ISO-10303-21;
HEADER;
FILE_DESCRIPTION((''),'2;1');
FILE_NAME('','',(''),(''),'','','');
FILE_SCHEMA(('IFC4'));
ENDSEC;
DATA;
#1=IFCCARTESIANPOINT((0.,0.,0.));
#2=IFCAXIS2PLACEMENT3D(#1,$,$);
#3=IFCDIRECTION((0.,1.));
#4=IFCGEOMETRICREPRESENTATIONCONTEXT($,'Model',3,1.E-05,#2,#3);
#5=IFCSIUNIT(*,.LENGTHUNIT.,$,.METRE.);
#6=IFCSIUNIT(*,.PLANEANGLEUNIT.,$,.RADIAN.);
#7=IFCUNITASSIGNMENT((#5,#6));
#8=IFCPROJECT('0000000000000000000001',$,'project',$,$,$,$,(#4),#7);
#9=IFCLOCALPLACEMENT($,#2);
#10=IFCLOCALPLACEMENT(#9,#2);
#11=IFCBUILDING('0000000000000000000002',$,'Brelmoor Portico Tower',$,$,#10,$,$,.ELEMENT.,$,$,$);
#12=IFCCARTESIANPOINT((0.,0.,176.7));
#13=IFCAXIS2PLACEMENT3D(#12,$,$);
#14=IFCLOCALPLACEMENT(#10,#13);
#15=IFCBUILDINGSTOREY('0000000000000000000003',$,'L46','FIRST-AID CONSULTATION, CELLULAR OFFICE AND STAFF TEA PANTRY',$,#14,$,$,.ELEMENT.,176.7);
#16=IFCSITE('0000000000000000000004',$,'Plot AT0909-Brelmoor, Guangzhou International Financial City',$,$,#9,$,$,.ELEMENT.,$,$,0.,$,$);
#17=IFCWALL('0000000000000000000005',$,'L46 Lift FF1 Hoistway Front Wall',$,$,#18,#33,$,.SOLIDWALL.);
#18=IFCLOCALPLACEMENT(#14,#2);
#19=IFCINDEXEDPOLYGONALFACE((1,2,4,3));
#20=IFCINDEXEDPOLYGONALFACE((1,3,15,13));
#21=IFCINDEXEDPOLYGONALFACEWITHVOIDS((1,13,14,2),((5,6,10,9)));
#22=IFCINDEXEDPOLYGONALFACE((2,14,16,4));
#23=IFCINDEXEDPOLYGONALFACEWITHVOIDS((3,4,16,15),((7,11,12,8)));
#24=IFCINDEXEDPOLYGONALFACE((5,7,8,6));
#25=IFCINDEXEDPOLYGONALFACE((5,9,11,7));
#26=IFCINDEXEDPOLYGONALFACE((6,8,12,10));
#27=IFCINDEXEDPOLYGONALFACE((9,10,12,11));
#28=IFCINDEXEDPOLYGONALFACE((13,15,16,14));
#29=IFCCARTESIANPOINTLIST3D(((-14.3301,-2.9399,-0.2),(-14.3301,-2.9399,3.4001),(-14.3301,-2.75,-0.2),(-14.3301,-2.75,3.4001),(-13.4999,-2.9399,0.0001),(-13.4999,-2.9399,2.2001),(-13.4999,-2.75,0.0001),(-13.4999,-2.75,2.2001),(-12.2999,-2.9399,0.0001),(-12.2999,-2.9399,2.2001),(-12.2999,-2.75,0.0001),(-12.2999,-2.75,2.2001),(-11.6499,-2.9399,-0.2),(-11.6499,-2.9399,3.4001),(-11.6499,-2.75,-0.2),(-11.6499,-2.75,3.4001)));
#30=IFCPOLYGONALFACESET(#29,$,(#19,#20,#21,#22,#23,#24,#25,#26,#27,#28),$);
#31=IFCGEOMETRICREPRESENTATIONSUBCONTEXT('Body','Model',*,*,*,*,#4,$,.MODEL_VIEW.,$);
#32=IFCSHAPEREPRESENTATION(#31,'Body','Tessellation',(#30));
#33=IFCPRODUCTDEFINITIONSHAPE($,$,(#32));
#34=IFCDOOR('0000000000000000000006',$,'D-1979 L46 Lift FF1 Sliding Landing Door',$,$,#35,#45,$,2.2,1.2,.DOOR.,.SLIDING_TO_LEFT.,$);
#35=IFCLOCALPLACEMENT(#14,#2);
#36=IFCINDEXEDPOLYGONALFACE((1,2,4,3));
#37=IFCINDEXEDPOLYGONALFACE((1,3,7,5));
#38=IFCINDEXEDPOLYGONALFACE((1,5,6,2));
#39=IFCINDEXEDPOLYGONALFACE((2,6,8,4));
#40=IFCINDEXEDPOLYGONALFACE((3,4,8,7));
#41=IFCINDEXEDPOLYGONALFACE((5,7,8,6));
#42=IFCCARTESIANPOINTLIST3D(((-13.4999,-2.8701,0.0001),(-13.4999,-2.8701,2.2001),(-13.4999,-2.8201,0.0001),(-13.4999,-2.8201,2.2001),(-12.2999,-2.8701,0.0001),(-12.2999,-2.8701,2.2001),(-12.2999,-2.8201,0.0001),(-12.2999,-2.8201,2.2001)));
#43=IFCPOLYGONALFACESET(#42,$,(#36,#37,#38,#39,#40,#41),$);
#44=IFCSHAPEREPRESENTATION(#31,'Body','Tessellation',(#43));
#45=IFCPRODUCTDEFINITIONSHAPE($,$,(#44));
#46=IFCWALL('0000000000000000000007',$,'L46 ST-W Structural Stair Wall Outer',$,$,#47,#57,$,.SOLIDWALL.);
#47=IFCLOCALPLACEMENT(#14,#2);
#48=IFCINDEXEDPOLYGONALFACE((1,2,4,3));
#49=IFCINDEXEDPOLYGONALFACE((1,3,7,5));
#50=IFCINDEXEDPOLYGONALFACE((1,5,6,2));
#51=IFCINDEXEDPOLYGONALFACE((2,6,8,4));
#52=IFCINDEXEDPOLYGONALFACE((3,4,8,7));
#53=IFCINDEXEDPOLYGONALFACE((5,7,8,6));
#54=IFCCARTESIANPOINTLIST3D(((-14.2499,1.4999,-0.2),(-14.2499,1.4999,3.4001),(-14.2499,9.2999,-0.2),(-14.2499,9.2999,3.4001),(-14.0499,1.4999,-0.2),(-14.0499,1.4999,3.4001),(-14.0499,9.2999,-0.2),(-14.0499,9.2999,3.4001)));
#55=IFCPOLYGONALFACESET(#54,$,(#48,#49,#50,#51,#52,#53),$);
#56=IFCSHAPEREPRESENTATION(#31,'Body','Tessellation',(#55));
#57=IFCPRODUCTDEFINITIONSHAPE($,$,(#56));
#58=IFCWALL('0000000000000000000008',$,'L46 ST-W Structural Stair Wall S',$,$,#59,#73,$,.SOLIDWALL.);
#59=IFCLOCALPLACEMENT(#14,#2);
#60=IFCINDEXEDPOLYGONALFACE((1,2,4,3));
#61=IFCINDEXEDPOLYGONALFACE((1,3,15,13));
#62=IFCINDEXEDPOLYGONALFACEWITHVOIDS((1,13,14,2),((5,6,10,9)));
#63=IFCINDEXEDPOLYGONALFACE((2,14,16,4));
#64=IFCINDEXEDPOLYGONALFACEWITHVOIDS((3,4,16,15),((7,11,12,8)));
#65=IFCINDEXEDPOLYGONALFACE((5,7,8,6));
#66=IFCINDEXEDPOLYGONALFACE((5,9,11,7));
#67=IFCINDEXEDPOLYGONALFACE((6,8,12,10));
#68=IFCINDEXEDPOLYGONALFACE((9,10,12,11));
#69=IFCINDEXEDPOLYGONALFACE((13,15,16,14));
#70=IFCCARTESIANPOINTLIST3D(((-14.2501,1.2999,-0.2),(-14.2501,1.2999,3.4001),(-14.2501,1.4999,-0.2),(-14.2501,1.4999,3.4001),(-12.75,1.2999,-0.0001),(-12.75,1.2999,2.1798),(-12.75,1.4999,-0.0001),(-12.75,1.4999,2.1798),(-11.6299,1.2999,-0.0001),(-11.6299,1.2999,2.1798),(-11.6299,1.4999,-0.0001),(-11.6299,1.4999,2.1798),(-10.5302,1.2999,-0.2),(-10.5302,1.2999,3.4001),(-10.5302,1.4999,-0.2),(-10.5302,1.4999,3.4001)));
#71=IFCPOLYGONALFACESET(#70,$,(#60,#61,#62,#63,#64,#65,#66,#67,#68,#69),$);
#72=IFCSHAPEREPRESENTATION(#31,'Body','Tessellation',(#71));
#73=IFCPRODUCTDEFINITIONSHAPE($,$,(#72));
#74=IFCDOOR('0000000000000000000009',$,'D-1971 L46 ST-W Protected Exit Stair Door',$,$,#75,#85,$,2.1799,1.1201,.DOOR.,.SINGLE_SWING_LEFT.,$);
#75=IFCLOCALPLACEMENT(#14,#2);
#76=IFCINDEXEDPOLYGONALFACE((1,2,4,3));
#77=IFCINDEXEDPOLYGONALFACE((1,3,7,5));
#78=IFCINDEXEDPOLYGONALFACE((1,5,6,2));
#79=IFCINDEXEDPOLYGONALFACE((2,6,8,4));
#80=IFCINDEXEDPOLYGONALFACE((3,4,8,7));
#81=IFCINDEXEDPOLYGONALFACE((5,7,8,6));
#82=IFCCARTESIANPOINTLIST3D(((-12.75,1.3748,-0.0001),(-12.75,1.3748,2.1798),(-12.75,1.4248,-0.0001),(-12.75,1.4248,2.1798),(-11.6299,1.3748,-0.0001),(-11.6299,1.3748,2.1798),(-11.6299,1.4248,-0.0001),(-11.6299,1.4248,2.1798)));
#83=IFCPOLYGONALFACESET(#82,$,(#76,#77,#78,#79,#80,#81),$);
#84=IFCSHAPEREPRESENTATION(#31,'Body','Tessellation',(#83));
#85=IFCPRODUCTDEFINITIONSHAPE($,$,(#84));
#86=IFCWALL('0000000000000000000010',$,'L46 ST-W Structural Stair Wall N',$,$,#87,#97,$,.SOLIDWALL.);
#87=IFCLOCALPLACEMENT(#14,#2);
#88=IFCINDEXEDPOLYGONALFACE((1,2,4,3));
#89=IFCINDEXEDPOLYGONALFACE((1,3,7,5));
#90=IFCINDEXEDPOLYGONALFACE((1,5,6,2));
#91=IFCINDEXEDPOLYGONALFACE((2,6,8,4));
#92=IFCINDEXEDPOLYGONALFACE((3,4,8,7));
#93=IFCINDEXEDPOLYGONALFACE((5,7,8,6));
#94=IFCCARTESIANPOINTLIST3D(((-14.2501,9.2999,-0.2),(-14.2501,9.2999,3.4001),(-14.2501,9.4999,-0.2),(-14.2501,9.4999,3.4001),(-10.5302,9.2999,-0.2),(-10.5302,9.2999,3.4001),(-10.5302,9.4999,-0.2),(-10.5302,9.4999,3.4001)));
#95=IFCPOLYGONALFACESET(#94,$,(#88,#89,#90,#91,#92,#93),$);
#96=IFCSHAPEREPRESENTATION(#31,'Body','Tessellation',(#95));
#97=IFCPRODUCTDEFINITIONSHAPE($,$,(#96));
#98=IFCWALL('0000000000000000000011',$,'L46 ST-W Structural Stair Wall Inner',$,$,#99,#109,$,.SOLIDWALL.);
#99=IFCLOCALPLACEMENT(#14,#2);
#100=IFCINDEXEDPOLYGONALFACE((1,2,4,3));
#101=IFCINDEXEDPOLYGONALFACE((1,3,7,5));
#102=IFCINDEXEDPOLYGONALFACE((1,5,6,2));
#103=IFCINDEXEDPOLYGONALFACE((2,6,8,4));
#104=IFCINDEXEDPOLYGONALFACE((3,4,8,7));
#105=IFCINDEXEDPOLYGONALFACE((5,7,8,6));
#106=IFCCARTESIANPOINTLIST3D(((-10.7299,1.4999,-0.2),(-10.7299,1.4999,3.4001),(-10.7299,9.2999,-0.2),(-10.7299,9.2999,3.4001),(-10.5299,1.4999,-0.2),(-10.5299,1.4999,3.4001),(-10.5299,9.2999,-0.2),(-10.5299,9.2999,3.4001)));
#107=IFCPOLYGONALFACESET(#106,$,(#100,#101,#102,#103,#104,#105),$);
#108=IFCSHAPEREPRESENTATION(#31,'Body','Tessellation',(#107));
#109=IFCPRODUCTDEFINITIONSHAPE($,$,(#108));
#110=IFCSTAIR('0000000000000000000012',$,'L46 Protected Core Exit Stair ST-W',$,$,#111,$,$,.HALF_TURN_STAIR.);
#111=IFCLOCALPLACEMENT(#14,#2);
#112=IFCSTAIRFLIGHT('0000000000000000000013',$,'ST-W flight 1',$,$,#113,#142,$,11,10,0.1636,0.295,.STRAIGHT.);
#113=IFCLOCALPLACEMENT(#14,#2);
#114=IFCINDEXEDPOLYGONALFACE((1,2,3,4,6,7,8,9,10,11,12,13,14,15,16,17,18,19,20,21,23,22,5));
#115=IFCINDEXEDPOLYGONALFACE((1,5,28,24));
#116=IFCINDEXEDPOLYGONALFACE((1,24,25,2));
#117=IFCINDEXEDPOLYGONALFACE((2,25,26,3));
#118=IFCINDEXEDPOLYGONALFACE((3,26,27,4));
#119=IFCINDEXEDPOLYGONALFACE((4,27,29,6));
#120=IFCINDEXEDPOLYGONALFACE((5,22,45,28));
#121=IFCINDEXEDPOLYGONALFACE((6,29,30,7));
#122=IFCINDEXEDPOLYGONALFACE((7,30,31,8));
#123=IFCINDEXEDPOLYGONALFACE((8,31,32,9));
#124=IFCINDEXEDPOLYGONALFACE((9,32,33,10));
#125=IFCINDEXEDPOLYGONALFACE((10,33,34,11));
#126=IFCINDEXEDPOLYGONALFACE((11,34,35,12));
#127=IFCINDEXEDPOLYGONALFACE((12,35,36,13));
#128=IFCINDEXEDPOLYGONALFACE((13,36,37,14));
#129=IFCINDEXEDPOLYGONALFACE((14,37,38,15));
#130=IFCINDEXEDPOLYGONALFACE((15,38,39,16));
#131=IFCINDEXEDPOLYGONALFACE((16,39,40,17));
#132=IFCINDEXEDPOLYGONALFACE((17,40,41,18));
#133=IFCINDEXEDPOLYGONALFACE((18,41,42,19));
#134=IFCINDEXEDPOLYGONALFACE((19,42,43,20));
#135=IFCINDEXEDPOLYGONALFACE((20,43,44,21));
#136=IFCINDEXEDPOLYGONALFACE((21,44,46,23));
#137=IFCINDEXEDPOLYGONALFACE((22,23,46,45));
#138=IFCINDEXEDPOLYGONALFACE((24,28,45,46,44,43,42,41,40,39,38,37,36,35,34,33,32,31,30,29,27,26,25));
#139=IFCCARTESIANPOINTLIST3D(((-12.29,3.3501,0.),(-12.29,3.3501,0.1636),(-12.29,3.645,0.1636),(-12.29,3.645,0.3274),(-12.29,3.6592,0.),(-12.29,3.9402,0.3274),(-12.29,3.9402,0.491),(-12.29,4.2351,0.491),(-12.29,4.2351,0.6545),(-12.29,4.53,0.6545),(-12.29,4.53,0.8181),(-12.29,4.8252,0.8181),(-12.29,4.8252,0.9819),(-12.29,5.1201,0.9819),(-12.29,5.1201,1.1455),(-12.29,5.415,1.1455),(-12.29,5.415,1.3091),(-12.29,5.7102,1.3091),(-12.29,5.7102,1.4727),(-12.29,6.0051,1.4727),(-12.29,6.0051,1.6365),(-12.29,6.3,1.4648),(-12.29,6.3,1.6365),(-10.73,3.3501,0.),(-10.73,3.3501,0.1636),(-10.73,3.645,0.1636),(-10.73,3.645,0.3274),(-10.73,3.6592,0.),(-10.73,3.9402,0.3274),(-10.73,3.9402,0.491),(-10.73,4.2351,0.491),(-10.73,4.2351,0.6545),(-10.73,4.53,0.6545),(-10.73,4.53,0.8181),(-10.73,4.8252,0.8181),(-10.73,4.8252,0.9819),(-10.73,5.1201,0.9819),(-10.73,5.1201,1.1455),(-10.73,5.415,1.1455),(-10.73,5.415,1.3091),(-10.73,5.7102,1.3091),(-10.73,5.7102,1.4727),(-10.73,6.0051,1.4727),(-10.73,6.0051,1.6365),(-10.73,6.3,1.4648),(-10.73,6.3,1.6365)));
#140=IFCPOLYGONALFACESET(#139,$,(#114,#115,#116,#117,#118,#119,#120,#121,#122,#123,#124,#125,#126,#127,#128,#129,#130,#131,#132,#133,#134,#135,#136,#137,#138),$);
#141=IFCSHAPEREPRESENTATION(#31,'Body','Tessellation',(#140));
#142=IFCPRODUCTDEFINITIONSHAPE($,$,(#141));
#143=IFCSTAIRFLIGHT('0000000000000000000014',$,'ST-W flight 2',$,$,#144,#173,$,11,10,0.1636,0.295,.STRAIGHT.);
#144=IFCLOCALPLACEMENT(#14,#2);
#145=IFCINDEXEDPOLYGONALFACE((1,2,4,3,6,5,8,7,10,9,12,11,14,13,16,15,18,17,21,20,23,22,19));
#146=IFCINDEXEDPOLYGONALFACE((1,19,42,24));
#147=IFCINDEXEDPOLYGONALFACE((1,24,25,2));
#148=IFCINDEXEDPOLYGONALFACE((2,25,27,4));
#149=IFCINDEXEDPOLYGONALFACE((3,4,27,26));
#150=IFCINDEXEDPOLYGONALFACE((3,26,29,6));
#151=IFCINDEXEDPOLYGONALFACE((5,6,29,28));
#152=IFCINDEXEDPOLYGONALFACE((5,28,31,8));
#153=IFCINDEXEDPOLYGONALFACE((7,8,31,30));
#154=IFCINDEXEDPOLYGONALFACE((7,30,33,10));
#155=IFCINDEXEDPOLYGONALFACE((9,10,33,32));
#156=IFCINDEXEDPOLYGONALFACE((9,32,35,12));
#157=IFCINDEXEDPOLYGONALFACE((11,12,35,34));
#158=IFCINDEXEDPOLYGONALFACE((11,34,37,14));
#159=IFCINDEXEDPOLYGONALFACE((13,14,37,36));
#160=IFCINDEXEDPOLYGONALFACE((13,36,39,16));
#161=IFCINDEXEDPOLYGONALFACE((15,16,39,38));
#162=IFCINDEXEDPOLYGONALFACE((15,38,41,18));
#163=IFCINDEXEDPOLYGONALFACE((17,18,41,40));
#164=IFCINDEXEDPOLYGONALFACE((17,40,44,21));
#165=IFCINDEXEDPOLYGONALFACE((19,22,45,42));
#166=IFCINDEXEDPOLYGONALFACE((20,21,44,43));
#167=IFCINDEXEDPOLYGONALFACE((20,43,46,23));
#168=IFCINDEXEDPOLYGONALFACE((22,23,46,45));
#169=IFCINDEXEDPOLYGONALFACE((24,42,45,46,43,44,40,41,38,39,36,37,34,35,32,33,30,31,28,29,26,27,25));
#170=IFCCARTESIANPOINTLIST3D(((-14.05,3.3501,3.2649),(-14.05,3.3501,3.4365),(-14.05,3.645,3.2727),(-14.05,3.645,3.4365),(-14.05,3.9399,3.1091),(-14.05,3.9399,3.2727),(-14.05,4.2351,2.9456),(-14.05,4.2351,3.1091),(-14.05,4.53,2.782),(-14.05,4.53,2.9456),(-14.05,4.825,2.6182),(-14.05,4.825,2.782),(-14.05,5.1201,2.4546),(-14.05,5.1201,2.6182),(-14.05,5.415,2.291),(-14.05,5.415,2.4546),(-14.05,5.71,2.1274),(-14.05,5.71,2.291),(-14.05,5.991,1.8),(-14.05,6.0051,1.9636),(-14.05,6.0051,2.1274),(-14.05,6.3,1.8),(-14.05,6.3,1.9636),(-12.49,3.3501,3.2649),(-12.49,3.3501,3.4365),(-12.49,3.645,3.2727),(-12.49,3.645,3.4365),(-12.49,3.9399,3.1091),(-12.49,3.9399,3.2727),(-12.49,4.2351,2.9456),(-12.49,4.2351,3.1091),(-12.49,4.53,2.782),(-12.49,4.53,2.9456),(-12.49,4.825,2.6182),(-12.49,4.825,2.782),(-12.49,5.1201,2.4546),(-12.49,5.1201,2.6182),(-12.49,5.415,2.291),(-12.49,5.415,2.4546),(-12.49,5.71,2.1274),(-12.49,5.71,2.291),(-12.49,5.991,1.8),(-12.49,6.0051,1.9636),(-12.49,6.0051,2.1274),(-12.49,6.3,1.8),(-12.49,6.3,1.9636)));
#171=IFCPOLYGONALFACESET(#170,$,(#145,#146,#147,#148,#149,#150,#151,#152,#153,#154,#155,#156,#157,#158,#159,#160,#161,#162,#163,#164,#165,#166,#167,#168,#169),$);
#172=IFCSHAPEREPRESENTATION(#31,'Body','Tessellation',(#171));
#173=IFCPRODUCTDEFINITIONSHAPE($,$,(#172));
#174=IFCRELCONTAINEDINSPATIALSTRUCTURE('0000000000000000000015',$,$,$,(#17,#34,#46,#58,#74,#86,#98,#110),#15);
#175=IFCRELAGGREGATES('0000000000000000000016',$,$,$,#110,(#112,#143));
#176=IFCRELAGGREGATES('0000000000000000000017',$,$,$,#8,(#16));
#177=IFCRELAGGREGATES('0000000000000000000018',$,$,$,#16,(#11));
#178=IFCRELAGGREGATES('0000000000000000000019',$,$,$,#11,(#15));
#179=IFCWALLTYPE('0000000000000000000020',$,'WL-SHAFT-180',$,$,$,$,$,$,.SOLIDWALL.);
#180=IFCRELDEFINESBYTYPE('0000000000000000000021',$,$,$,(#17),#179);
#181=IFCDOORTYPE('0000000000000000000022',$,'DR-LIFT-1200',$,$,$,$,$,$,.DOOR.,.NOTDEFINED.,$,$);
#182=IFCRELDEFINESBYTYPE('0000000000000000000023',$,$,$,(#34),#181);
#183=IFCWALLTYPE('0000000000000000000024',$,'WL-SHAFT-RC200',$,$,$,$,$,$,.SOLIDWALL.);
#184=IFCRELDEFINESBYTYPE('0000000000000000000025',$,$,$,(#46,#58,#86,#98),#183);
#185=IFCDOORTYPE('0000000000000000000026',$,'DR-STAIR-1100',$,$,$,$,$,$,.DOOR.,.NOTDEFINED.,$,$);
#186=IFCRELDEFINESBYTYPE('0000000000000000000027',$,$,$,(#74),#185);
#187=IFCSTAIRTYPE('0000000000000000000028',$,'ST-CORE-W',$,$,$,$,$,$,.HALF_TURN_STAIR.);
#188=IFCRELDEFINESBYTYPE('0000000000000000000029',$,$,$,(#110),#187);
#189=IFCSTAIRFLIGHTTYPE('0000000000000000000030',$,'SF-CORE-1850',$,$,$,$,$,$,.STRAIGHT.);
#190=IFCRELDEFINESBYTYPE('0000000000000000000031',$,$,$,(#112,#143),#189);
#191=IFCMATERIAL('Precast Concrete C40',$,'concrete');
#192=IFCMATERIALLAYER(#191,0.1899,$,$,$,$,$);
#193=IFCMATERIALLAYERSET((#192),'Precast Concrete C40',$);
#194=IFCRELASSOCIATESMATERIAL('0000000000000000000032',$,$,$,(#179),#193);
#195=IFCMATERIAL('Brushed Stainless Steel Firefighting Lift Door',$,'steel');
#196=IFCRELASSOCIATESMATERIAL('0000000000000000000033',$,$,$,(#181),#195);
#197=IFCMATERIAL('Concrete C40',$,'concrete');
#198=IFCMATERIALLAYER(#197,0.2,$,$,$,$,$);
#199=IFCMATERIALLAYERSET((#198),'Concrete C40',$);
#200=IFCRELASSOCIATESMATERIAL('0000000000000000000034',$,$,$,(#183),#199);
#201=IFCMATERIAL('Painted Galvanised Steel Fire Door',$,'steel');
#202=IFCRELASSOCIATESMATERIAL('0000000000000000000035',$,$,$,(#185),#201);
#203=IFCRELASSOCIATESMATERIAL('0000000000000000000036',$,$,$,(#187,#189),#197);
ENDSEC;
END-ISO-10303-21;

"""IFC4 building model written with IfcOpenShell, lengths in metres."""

from ifc_helpers import new_model, si_unit, direction, frame, frame_2d, origin, place, context, subcontext, project, spatial, polyline, rectangle, outline, extrude, material, layer, layer_set, type_object, element, fill, aggregate, save


model = new_model("IFC4")

# Units and contexts
model_context = context("Model", 3, precision=1e-05, world=origin(), true_north=direction((0.0, 1.0)))
body_context = subcontext(model_context, "Body", "Model", "MODEL_VIEW")
ifc_project = project(units=[si_unit("LENGTHUNIT", "METRE"), si_unit("PLANEANGLEUNIT", "RADIAN")], contexts=[model_context])

# Site, building, storey
site_placement = place(None, origin())
site = spatial("IfcSite", under=ifc_project, at=site_placement, Name="Plot AT0909-Brelmoor, Guangzhou International Financial City", CompositionType="ELEMENT", RefElevation=0.0)
building_placement = place(site_placement, origin())
building = spatial("IfcBuilding", under=site, at=building_placement, Name="Brelmoor Portico Tower", CompositionType="ELEMENT")
storey_placement = place(building_placement, frame((0.0, 0.0, 176.7)))
storey = spatial("IfcBuildingStorey", under=building, at=storey_placement, Name="L46", Description="FIRST-AID CONSULTATION, CELLULAR OFFICE AND STAFF TEA PANTRY", CompositionType="ELEMENT", Elevation=176.7)

# Wall, opening, door
ifc_material_1 = material(Name="Painted Galvanised Steel Fire Door", Category="steel")
ifc_material_2 = material(Name="Precast Concrete C40", Category="concrete")
ifc_layer_1 = layer(ifc_material_2, 0.1899)
ifc_layer_set_1 = layer_set([ifc_layer_1], Name="Precast Concrete C40")
wall_type_1 = type_object("IfcWallType", Name="WL-SHAFT-180", PredefinedType="SOLIDWALL", material=ifc_layer_set_1)
wall_1_placement = place(storey_placement, frame((-14.3301, -2.845, -0.2), z_axis=(0.0, 0.0, 1.0), x_axis=(1.0, 0.0, 0.0)))
wall_1 = element("IfcWall", 1, at=wall_1_placement, inside=storey, type_object=wall_type_1, Name="L46 Lift FF1 Hoistway Front Wall", PredefinedType="SOLIDWALL", context=body_context, shape_type="SweptSolid", body=[
    extrude(rectangle(XDim=2.6802, YDim=0.1899, at=frame_2d((1.3401, 0.0))), origin(), (0.0, 0.0, 1.0), 3.6001),
])
opening_1_placement = place(wall_1_placement, frame((0.8301, 0.0, 0.2)))
opening_1 = element("IfcOpeningElement", 2, at=opening_1_placement, cuts=wall_1, PredefinedType="OPENING", context=body_context, shape_type="SweptSolid", body=[
    extrude(rectangle(XDim=1.2, YDim=2.2, at=frame_2d((0.6001, 1.1001))), frame((0.0, 0.105, 0.0), z_axis=(0.0, -1.0, 0.0), x_axis=(1.0, 0.0, 0.0)), (0.0, 0.0, 1.0), 0.21),
])
ifc_material_3 = material(Name="Brushed Stainless Steel Firefighting Lift Door", Category="steel")
door_type_1 = type_object("IfcDoorType", Name="DR-LIFT-1200", OperationType="NOTDEFINED", PredefinedType="DOOR", material=ifc_material_3)
door_1_placement = place(opening_1_placement, origin())
door_1 = element("IfcDoor", 3, at=door_1_placement, inside=storey, type_object=door_type_1, Name="D-1979 L46 Lift FF1 Sliding Landing Door", OperationType="SLIDING_TO_LEFT", OverallHeight=2.2, OverallWidth=1.2, PredefinedType="DOOR", context=body_context, shape_type="SweptSolid", body=[
    extrude(rectangle(XDim=1.2, YDim=2.2, at=frame_2d((0.6001, 1.1001))), frame((0.0, 0.0249, 0.0), z_axis=(0.0, -1.0, 0.0), x_axis=(1.0, 0.0, 0.0)), (0.0, 0.0, 1.0), 0.05),
])
fill(opening_1, door_1)

# Wall
ifc_material_4 = material(Name="Concrete C40", Category="concrete")
ifc_layer_2 = layer(ifc_material_4, 0.2)
ifc_layer_set_2 = layer_set([ifc_layer_2], Name="Concrete C40")
wall_type_2 = type_object("IfcWallType", Name="WL-SHAFT-RC200", PredefinedType="SOLIDWALL", material=ifc_layer_set_2)
wall_2_placement = place(storey_placement, frame((-14.1499, 1.5, -0.2), z_axis=(0.0, 0.0, 1.0), x_axis=(0.0, 1.0, 0.0)))
element("IfcWall", 4, at=wall_2_placement, inside=storey, type_object=wall_type_2, Name="L46 ST-W Structural Stair Wall Outer", PredefinedType="SOLIDWALL", context=body_context, shape_type="SweptSolid", body=[
    extrude(rectangle(XDim=7.8, YDim=0.2, at=frame_2d((3.8999, 0.0))), origin(), (0.0, 0.0, 1.0), 3.6001),
])

# Wall, opening, door
wall_3_placement = place(storey_placement, frame((-14.25, 1.3999, -0.2), z_axis=(0.0, 0.0, 1.0), x_axis=(1.0, 0.0, 0.0)))
wall_3 = element("IfcWall", 5, at=wall_3_placement, inside=storey, type_object=wall_type_2, Name="L46 ST-W Structural Stair Wall S", PredefinedType="SOLIDWALL", context=body_context, shape_type="SweptSolid", body=[
    extrude(rectangle(XDim=3.72, YDim=0.2, at=frame_2d((1.8599, 0.0))), origin(), (0.0, 0.0, 1.0), 3.6001),
])
opening_2_placement = place(wall_3_placement, frame((1.5, 0.0, 0.2)))
opening_2 = element("IfcOpeningElement", 6, at=opening_2_placement, cuts=wall_3, PredefinedType="OPENING", context=body_context, shape_type="SweptSolid", body=[
    extrude(rectangle(XDim=1.1201, YDim=2.1799, at=frame_2d((0.5601, 1.0898))), frame((0.0, 0.1099, 0.0), z_axis=(0.0, -1.0, 0.0), x_axis=(1.0, 0.0, 0.0)), (0.0, 0.0, 1.0), 0.22),
])
door_type_2 = type_object("IfcDoorType", Name="DR-STAIR-1100", OperationType="NOTDEFINED", PredefinedType="DOOR", material=ifc_material_1)
door_2_placement = place(opening_2_placement, origin())
door_2 = element("IfcDoor", 7, at=door_2_placement, inside=storey, type_object=door_type_2, Name="D-1971 L46 ST-W Protected Exit Stair Door", OperationType="SINGLE_SWING_LEFT", OverallHeight=2.1799, OverallWidth=1.1201, PredefinedType="DOOR", context=body_context, shape_type="SweptSolid", body=[
    extrude(rectangle(XDim=1.1201, YDim=2.1799, at=frame_2d((0.5601, 1.0898))), frame((0.0, 0.0249, 0.0), z_axis=(0.0, -1.0, 0.0), x_axis=(1.0, 0.0, 0.0)), (0.0, 0.0, 1.0), 0.05),
])
fill(opening_2, door_2)

# Walls
wall_4_placement = place(storey_placement, frame((-14.25, 9.3999, -0.2), z_axis=(0.0, 0.0, 1.0), x_axis=(1.0, 0.0, 0.0)))
element("IfcWall", 8, at=wall_4_placement, inside=storey, type_object=wall_type_2, Name="L46 ST-W Structural Stair Wall N", PredefinedType="SOLIDWALL", context=body_context, shape_type="SweptSolid", body=[
    extrude(rectangle(XDim=3.72, YDim=0.2, at=frame_2d((1.8599, 0.0))), origin(), (0.0, 0.0, 1.0), 3.6001),
])
wall_5_placement = place(storey_placement, frame((-10.6299, 1.5, -0.2), z_axis=(0.0, 0.0, 1.0), x_axis=(0.0, 1.0, 0.0)))
element("IfcWall", 9, at=wall_5_placement, inside=storey, type_object=wall_type_2, Name="L46 ST-W Structural Stair Wall Inner", PredefinedType="SOLIDWALL", context=body_context, shape_type="SweptSolid", body=[
    extrude(rectangle(XDim=7.8, YDim=0.2, at=frame_2d((3.8999, 0.0))), origin(), (0.0, 0.0, 1.0), 3.6001),
])

# Stair, stair flights
stair_type = type_object("IfcStairType", Name="ST-CORE-W", PredefinedType="HALF_TURN_STAIR", material=ifc_material_4)
stair_placement = place(storey_placement, origin())
stair = element("IfcStair", 10, at=stair_placement, inside=storey, type_object=stair_type, Name="L46 Protected Core Exit Stair ST-W", PredefinedType="HALF_TURN_STAIR")
stair_flight_type = type_object("IfcStairFlightType", Name="SF-CORE-1850", PredefinedType="STRAIGHT", material=ifc_material_4)
stair_flight_1_placement = place(storey_placement, frame((-11.51, 3.3501, 0.0), z_axis=(0.0, 0.0, 1.0), x_axis=(0.0, 1.0, 0.0)))
stair_flight_1 = element("IfcStairFlight", 11, at=stair_flight_1_placement, type_object=stair_flight_type, Name="ST-W flight 1", NumberOfRisers=11, NumberOfTreads=10, PredefinedType="STRAIGHT", RiserHeight=0.1636, TreadLength=0.295, context=body_context, shape_type="SweptSolid", body=[
    extrude(outline(polyline([(0.0, 0.0), (0.0, 0.1636), (0.2949, 0.1636), (0.2949, 0.3274), (0.5901, 0.3274), (0.5901, 0.491), (0.885, 0.491), (0.885, 0.6545), (1.1799, 0.6545), (1.1799, 0.8181), (1.4751, 0.8181), (1.4751, 0.9819), (1.77, 0.9819), (1.77, 1.1455), (2.0649, 1.1455), (2.0649, 1.3091), (2.3601, 1.3091), (2.3601, 1.4727), (2.655, 1.4727), (2.655, 1.6365), (2.95, 1.6365), (2.95, 1.8), (2.95, 1.4648), (0.3091, 0.0), (0.0, 0.0)])), frame((0.0, 0.78, 0.0), z_axis=(0.0, -1.0, 0.0), x_axis=(1.0, 0.0, 0.0)), (0.0, 0.0, 1.0), 1.5601),
])
stair_flight_2_placement = place(storey_placement, frame((-13.27, 6.3, 1.8), z_axis=(0.0, 0.0, 1.0), x_axis=(0.0, -1.0, 0.0)))
stair_flight_2 = element("IfcStairFlight", 12, at=stair_flight_2_placement, type_object=stair_flight_type, Name="ST-W flight 2", NumberOfRisers=11, NumberOfTreads=10, PredefinedType="STRAIGHT", RiserHeight=0.1636, TreadLength=0.295, context=body_context, shape_type="SweptSolid", body=[
    extrude(outline(polyline([(0.0, 0.0), (0.0, 0.1636), (0.2949, 0.1636), (0.2949, 0.3274), (0.5901, 0.3274), (0.5901, 0.491), (0.885, 0.491), (0.885, 0.6545), (1.1799, 0.6545), (1.1799, 0.8181), (1.4751, 0.8181), (1.4751, 0.9819), (1.77, 0.9819), (1.77, 1.1455), (2.0649, 1.1455), (2.0649, 1.3091), (2.3601, 1.3091), (2.3601, 1.4727), (2.655, 1.4727), (2.655, 1.6365), (2.95, 1.6365), (2.95, 1.8), (2.95, 1.4648), (0.3091, 0.0), (0.0, 0.0)])), frame((0.0, 0.78, 0.0), z_axis=(0.0, -1.0, 0.0), x_axis=(1.0, 0.0, 0.0)), (0.0, 0.0, 1.0), 1.5601),
])
aggregate(stair, [stair_flight_1, stair_flight_2])

save(model, "model.ifc")
